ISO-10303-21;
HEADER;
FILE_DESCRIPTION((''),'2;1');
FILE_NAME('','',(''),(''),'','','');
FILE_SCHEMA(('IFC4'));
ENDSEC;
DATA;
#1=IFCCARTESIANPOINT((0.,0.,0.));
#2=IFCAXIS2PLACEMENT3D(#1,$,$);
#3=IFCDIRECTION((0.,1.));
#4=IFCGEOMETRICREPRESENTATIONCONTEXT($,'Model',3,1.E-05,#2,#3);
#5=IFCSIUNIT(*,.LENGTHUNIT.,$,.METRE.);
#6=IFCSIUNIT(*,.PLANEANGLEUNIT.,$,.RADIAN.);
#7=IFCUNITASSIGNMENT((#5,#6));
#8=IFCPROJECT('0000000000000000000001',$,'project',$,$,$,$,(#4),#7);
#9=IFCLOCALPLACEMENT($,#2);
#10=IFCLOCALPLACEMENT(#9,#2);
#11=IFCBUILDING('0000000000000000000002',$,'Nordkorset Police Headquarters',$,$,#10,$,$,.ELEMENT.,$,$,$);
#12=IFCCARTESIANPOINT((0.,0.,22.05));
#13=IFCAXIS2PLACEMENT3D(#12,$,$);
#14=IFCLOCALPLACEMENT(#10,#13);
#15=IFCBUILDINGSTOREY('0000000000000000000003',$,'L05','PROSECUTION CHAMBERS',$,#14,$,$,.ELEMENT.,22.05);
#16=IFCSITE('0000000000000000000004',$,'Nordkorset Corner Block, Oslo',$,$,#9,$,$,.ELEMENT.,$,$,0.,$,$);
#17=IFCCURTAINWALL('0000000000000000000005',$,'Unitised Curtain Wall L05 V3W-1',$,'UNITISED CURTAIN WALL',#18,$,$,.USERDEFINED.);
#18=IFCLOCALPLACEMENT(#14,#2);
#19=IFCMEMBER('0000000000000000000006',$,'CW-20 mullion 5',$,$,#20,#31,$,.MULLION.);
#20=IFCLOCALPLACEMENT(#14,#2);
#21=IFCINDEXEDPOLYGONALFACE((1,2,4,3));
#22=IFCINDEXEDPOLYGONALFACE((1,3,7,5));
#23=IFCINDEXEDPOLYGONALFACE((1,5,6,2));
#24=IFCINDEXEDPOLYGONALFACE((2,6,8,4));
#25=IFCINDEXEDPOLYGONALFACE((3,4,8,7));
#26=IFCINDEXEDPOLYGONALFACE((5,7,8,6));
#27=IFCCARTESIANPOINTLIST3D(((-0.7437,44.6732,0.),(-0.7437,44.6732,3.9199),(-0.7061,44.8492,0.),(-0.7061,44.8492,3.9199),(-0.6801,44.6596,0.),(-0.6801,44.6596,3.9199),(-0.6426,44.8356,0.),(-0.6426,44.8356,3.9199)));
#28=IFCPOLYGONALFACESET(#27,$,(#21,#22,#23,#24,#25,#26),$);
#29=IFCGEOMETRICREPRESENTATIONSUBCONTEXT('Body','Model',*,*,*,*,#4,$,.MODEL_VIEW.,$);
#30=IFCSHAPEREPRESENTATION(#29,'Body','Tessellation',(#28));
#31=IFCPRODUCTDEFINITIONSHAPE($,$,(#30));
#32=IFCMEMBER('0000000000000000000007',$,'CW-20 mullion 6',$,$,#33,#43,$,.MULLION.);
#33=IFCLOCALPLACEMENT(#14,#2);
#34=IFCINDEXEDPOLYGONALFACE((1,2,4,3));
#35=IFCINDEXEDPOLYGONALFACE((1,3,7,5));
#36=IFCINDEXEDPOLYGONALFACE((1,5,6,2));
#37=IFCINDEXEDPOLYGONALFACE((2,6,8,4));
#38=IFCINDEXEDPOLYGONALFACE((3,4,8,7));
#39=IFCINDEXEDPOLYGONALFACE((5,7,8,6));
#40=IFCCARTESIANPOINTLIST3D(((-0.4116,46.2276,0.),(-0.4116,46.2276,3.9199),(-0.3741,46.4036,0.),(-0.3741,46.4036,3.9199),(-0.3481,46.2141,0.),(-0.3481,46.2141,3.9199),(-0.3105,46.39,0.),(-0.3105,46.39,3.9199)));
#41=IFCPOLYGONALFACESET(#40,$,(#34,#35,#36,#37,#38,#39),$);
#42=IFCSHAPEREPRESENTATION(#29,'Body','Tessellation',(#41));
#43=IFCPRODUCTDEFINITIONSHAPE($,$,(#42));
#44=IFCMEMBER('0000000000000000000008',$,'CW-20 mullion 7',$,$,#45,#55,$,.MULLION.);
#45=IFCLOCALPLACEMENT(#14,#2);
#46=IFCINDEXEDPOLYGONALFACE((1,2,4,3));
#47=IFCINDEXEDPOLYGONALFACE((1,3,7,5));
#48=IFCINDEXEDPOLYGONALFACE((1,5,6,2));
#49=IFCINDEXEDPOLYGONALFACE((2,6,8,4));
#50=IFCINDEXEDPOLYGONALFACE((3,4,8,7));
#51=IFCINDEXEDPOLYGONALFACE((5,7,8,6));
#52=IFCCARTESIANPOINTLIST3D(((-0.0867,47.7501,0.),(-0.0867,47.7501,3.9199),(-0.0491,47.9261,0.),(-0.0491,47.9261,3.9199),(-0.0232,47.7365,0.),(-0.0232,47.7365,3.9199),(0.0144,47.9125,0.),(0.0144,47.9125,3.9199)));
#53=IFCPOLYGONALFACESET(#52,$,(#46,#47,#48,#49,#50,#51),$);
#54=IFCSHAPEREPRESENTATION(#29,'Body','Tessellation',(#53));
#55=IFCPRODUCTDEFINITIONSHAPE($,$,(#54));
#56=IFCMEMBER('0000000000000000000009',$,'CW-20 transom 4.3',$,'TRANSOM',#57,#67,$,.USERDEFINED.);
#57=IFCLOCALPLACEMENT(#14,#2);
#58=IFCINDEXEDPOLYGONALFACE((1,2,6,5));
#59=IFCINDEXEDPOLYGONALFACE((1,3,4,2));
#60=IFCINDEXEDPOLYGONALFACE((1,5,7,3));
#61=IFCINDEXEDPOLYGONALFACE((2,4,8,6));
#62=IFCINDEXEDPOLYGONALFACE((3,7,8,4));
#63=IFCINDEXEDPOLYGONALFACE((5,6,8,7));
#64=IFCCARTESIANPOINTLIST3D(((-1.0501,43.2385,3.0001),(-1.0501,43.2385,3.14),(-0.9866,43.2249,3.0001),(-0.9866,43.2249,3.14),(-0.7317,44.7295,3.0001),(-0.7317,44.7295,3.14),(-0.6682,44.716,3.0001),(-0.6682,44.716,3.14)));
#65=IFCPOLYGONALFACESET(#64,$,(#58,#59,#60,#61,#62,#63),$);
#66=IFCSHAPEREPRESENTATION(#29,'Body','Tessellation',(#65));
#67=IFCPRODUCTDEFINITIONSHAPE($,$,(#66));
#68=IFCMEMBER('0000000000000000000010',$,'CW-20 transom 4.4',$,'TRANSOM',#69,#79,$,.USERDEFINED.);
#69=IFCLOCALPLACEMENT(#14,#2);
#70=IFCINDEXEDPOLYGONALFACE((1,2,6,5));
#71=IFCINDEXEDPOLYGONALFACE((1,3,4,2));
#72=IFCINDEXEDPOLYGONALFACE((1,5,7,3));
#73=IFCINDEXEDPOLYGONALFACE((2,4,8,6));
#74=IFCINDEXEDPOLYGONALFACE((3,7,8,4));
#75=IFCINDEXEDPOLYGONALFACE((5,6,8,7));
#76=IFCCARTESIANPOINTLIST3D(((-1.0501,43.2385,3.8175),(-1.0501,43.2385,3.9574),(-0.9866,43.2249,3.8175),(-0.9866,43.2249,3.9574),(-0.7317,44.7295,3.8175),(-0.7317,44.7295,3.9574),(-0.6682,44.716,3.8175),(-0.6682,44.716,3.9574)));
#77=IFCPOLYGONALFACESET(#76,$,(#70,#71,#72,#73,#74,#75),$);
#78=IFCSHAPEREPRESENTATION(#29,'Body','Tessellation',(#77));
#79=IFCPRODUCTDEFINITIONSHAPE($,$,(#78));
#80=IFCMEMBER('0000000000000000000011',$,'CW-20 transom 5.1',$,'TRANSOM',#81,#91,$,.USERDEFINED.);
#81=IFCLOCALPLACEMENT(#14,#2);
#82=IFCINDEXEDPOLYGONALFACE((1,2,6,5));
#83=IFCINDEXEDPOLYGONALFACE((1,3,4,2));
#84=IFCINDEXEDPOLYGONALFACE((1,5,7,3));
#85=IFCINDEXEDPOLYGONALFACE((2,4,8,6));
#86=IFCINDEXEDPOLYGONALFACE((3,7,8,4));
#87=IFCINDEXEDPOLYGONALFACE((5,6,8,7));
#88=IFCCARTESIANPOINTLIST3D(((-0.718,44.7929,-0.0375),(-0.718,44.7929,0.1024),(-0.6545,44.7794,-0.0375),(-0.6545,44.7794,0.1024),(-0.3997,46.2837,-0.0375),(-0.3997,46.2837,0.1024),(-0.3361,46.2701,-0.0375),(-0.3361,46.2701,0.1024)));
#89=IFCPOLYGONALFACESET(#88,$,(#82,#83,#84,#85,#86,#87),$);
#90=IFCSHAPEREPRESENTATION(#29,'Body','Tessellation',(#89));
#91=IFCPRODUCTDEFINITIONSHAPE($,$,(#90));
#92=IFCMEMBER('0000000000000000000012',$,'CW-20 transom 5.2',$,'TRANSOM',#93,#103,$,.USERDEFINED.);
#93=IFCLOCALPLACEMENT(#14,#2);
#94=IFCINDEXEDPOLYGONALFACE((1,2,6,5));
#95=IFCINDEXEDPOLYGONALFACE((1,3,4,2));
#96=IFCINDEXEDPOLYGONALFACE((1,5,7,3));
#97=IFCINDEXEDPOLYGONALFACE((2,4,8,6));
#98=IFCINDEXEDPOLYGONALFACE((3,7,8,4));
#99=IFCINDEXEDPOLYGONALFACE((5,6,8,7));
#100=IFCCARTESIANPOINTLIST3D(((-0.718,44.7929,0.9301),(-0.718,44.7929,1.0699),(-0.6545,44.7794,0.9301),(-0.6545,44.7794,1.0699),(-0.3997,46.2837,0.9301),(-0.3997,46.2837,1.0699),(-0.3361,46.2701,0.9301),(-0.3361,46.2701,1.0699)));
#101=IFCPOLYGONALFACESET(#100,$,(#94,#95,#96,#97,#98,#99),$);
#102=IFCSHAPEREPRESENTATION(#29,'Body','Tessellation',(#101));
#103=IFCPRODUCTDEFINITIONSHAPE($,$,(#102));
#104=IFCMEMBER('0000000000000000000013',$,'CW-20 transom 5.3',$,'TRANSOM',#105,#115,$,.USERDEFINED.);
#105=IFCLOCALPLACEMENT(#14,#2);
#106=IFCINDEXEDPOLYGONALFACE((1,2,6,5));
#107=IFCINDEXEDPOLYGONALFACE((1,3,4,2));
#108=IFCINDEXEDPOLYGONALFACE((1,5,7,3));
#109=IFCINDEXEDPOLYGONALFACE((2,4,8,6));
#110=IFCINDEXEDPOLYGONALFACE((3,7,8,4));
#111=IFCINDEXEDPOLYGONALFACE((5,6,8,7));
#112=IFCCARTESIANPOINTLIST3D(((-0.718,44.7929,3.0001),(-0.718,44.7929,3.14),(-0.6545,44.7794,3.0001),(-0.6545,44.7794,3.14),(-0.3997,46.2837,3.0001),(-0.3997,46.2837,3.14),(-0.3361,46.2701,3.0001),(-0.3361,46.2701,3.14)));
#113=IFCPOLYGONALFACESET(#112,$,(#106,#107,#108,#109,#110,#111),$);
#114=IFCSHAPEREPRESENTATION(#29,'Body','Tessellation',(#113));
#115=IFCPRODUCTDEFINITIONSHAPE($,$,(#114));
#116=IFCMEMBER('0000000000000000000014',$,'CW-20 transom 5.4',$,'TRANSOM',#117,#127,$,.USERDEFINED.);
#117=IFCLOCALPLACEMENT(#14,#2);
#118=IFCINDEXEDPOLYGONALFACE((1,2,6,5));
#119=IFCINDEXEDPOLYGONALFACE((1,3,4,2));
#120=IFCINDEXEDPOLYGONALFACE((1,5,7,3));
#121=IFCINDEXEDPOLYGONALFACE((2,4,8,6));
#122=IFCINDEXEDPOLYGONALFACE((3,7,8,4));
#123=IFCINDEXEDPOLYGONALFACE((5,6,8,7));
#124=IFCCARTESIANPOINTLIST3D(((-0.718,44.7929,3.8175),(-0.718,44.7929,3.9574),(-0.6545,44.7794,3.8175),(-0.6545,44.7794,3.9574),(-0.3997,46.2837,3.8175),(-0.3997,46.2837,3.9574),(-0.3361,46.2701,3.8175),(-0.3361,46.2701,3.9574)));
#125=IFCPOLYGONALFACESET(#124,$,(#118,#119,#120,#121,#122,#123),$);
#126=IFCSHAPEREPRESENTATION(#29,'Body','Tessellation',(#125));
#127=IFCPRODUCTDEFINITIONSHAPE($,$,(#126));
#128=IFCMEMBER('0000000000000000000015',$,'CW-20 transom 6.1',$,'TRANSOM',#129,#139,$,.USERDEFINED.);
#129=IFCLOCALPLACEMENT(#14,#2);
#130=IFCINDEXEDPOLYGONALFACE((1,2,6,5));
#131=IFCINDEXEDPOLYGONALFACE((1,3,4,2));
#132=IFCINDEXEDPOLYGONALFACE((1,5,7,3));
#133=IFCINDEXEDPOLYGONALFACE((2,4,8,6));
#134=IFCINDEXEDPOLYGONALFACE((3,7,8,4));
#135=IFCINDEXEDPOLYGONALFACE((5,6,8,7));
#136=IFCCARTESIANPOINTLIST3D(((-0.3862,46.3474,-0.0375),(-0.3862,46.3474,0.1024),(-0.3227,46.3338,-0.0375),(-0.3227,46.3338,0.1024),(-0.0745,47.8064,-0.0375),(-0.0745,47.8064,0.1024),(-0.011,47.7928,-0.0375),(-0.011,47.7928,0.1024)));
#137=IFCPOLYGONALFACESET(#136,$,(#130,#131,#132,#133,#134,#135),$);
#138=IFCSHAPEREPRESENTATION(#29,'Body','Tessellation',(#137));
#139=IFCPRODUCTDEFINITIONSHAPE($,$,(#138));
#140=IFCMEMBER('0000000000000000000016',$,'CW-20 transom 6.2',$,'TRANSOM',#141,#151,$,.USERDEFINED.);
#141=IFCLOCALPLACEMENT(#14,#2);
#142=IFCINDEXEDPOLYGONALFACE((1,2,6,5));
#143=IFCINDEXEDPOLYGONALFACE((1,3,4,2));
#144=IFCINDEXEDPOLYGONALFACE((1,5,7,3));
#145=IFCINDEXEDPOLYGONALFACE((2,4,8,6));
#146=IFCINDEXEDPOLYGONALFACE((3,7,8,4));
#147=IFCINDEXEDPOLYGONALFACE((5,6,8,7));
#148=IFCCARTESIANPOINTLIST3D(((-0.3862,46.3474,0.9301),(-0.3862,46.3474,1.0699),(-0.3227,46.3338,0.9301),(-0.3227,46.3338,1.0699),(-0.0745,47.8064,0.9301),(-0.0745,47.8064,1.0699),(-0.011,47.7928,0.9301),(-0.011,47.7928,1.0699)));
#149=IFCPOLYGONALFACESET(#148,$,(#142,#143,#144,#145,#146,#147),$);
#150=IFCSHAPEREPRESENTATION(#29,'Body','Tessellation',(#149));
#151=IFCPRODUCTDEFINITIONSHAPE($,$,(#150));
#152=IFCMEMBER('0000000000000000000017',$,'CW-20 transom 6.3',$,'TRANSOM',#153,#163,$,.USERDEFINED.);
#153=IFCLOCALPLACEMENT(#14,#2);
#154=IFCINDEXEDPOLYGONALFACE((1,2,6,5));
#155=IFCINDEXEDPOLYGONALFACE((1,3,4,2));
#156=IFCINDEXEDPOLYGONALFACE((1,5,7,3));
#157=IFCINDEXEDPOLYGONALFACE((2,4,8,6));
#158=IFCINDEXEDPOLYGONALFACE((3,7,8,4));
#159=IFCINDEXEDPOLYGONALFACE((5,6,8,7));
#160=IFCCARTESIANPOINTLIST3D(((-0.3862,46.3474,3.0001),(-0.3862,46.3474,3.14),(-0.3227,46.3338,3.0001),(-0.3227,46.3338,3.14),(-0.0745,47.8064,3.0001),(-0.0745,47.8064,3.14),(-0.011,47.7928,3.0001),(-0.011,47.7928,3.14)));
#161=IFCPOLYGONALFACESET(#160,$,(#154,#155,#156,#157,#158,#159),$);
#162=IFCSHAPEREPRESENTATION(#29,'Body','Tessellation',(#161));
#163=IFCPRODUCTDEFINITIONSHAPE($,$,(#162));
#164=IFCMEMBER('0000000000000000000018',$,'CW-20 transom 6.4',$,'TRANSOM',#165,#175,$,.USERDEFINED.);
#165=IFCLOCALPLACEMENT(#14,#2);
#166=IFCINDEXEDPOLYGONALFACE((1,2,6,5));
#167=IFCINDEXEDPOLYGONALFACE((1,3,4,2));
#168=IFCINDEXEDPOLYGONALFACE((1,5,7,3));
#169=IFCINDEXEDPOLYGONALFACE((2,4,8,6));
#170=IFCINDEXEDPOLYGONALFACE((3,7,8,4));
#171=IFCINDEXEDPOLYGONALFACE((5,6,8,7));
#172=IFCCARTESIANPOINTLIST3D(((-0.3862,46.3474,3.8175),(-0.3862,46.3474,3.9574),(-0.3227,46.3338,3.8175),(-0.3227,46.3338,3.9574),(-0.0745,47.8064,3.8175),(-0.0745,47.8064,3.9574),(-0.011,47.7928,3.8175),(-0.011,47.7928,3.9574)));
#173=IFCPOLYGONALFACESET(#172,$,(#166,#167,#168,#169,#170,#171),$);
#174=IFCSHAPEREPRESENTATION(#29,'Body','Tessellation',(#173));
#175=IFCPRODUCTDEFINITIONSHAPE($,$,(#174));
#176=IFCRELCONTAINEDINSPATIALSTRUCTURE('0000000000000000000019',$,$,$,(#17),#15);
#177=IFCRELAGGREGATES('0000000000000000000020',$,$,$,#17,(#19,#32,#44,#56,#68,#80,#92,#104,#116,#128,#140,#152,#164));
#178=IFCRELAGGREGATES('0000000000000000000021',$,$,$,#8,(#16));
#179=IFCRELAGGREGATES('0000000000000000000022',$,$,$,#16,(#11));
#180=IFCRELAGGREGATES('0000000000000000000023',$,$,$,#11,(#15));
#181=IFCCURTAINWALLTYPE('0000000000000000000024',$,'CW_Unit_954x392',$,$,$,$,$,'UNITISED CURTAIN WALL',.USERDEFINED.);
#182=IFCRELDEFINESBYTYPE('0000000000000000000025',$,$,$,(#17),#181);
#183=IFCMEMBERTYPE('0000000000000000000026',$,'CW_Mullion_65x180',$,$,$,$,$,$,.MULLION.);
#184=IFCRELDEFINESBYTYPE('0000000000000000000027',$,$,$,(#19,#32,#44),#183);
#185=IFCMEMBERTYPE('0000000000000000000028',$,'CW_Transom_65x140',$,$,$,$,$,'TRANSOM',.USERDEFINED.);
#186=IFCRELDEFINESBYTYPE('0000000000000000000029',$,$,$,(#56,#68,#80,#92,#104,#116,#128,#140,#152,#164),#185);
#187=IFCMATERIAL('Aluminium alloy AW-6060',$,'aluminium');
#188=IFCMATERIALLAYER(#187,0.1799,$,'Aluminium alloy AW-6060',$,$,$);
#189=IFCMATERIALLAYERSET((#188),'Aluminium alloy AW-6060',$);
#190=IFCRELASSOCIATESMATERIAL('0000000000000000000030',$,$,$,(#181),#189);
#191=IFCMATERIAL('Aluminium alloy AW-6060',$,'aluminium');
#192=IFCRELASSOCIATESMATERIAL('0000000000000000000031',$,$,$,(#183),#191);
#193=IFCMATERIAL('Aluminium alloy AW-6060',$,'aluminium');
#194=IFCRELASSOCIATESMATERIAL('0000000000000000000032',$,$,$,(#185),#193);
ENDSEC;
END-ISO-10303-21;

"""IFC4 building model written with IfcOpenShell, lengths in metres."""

from ifc_helpers import new_model, si_unit, direction, frame, origin, origin_2d, place, context, subcontext, project, spatial, rectangle, extrude, material, layer, layer_set, material_profile, profile_set, type_object, element, aggregate, save


model = new_model("IFC4")

# Units and contexts
model_context = context("Model", 3, precision=1e-05, world=origin(), true_north=direction((0.0, 1.0)))
body_context = subcontext(model_context, "Body", "Model", "MODEL_VIEW")
ifc_project = project(units=[si_unit("LENGTHUNIT", "METRE"), si_unit("PLANEANGLEUNIT", "RADIAN")], contexts=[model_context])

# Site, building, storey
site_placement = place(None, origin())
site = spatial("IfcSite", under=ifc_project, at=site_placement, Name="Nordkorset Corner Block, Oslo", CompositionType="ELEMENT", RefElevation=0.0)
building_placement = place(site_placement, origin())
building = spatial("IfcBuilding", under=site, at=building_placement, Name="Nordkorset Police Headquarters", CompositionType="ELEMENT")
storey_placement = place(building_placement, frame((0.0, 0.0, 22.05)))
storey = spatial("IfcBuildingStorey", under=building, at=storey_placement, Name="L05", Description="PROSECUTION CHAMBERS", CompositionType="ELEMENT", Elevation=22.05)

# Curtain wall, members
ifc_material_1 = material(Name="Aluminium alloy AW-6060", Category="aluminium")
ifc_layer_1 = layer(ifc_material_1, 0.1799, Name="Aluminium alloy AW-6060")
ifc_layer_set_1 = layer_set([ifc_layer_1], Name="Aluminium alloy AW-6060")
curtain_wall_type = type_object("IfcCurtainWallType", Name="CW_Unit_954x392", ElementType="UNITISED CURTAIN WALL", PredefinedType="USERDEFINED", material=ifc_layer_set_1)
curtain_wall_placement = place(storey_placement, origin())
curtain_wall = element("IfcCurtainWall", 1, at=curtain_wall_placement, inside=storey, type_object=curtain_wall_type, Name="Unitised Curtain Wall L05 V3W-1", ObjectType="UNITISED CURTAIN WALL", PredefinedType="USERDEFINED")
ifc_material_2 = material(Name="Aluminium alloy AW-6060", Category="aluminium")
ifc_material_profile_1 = material_profile(ifc_material_2, rectangle(XDim=0.0649, YDim=0.1799, at=origin_2d()), Name="ALU MULL 65x180")
ifc_profile_set_1 = profile_set([ifc_material_profile_1], Name="Aluminium alloy AW-6060")
member_type_1 = type_object("IfcMemberType", Name="CW_Mullion_65x180", PredefinedType="MULLION", material=ifc_profile_set_1)
member_1_placement = place(storey_placement, frame((-0.6931, 44.7544, 0.0), z_axis=(0.0, 0.0, 1.0), x_axis=(-0.977951, 0.208833, 0.0)))
member_1 = element("IfcMember", 2, at=member_1_placement, type_object=member_type_1, Name="CW-20 mullion 5", PredefinedType="MULLION", context=body_context, shape_type="SweptSolid", body=[
    extrude(rectangle(XDim=0.0649, YDim=0.1799, at=origin_2d()), origin(), (0.0, 0.0, 1.0), 3.9199),
])
member_2_placement = place(storey_placement, frame((-0.3611, 46.3088, 0.0), z_axis=(0.0, 0.0, 1.0), x_axis=(-0.977951, 0.208833, 0.0)))
member_2 = element("IfcMember", 3, at=member_2_placement, type_object=member_type_1, Name="CW-20 mullion 6", PredefinedType="MULLION", context=body_context, shape_type="SweptSolid", body=[
    extrude(rectangle(XDim=0.0649, YDim=0.1799, at=origin_2d()), origin(), (0.0, 0.0, 1.0), 3.9199),
])
member_3_placement = place(storey_placement, frame((-0.0361, 47.8313, 0.0), z_axis=(0.0, 0.0, 1.0), x_axis=(-0.977951, 0.208833, 0.0)))
member_3 = element("IfcMember", 4, at=member_3_placement, type_object=member_type_1, Name="CW-20 mullion 7", PredefinedType="MULLION", context=body_context, shape_type="SweptSolid", body=[
    extrude(rectangle(XDim=0.0649, YDim=0.1799, at=origin_2d()), origin(), (0.0, 0.0, 1.0), 3.9199),
])
ifc_material_3 = material(Name="Aluminium alloy AW-6060", Category="aluminium")
ifc_material_profile_2 = material_profile(ifc_material_3, rectangle(XDim=0.0649, YDim=0.1399, at=origin_2d()), Name="ALU TRAN 65x140")
ifc_profile_set_2 = profile_set([ifc_material_profile_2], Name="Aluminium alloy AW-6060")
member_type_2 = type_object("IfcMemberType", Name="CW_Transom_65x140", ElementType="TRANSOM", PredefinedType="USERDEFINED", material=ifc_profile_set_2)
member_4_placement = place(storey_placement, frame((-1.0183, 43.2317, 3.0701), z_axis=(0.208818, 0.977954, 0.0), x_axis=(-0.977954, 0.208818, 0.0)))
member_4 = element("IfcMember", 5, at=member_4_placement, type_object=member_type_2, Name="CW-20 transom 4.3", ObjectType="TRANSOM", PredefinedType="USERDEFINED", context=body_context, shape_type="SweptSolid", body=[
    extrude(rectangle(XDim=0.0649, YDim=0.1399, at=origin_2d()), origin(), (0.0, 0.0, 1.0), 1.5247),
])
member_5_placement = place(storey_placement, frame((-1.0183, 43.2317, 3.8875), z_axis=(0.208818, 0.977954, 0.0), x_axis=(-0.977954, 0.208818, 0.0)))
member_5 = element("IfcMember", 6, at=member_5_placement, type_object=member_type_2, Name="CW-20 transom 4.4", ObjectType="TRANSOM", PredefinedType="USERDEFINED", context=body_context, shape_type="SweptSolid", body=[
    extrude(rectangle(XDim=0.0649, YDim=0.1399, at=origin_2d()), origin(), (0.0, 0.0, 1.0), 1.5247),
])
member_6_placement = place(storey_placement, frame((-0.6863, 44.7861, 0.0325), z_axis=(0.208851, 0.977947, 0.0), x_axis=(-0.977947, 0.208851, 0.0)))
member_6 = element("IfcMember", 7, at=member_6_placement, type_object=member_type_2, Name="CW-20 transom 5.1", ObjectType="TRANSOM", PredefinedType="USERDEFINED", context=body_context, shape_type="SweptSolid", body=[
    extrude(rectangle(XDim=0.0649, YDim=0.1399, at=origin_2d()), origin(), (0.0, 0.0, 1.0), 1.5244),
])
member_7_placement = place(storey_placement, frame((-0.6863, 44.7861, 1.0), z_axis=(0.208851, 0.977947, 0.0), x_axis=(-0.977947, 0.208851, 0.0)))
member_7 = element("IfcMember", 8, at=member_7_placement, type_object=member_type_2, Name="CW-20 transom 5.2", ObjectType="TRANSOM", PredefinedType="USERDEFINED", context=body_context, shape_type="SweptSolid", body=[
    extrude(rectangle(XDim=0.0649, YDim=0.1399, at=origin_2d()), origin(), (0.0, 0.0, 1.0), 1.5244),
])
member_8_placement = place(storey_placement, frame((-0.6863, 44.7861, 3.0701), z_axis=(0.208851, 0.977947, 0.0), x_axis=(-0.977947, 0.208851, 0.0)))
member_8 = element("IfcMember", 9, at=member_8_placement, type_object=member_type_2, Name="CW-20 transom 5.3", ObjectType="TRANSOM", PredefinedType="USERDEFINED", context=body_context, shape_type="SweptSolid", body=[
    extrude(rectangle(XDim=0.0649, YDim=0.1399, at=origin_2d()), origin(), (0.0, 0.0, 1.0), 1.5244),
])
member_9_placement = place(storey_placement, frame((-0.6863, 44.7861, 3.8875), z_axis=(0.208851, 0.977947, 0.0), x_axis=(-0.977947, 0.208851, 0.0)))
member_9 = element("IfcMember", 10, at=member_9_placement, type_object=member_type_2, Name="CW-20 transom 5.4", ObjectType="TRANSOM", PredefinedType="USERDEFINED", context=body_context, shape_type="SweptSolid", body=[
    extrude(rectangle(XDim=0.0649, YDim=0.1399, at=origin_2d()), origin(), (0.0, 0.0, 1.0), 1.5244),
])
member_10_placement = place(storey_placement, frame((-0.3545, 46.3406, 0.0325), z_axis=(0.20897, 0.977922, 0.0), x_axis=(-0.977922, 0.20897, 0.0)))
member_10 = element("IfcMember", 11, at=member_10_placement, type_object=member_type_2, Name="CW-20 transom 6.1", ObjectType="TRANSOM", PredefinedType="USERDEFINED", context=body_context, shape_type="SweptSolid", body=[
    extrude(rectangle(XDim=0.0649, YDim=0.1399, at=origin_2d()), origin(), (0.0, 0.0, 1.0), 1.4919),
])
member_11_placement = place(storey_placement, frame((-0.3545, 46.3406, 1.0), z_axis=(0.20897, 0.977922, 0.0), x_axis=(-0.977922, 0.20897, 0.0)))
member_11 = element("IfcMember", 12, at=member_11_placement, type_object=member_type_2, Name="CW-20 transom 6.2", ObjectType="TRANSOM", PredefinedType="USERDEFINED", context=body_context, shape_type="SweptSolid", body=[
    extrude(rectangle(XDim=0.0649, YDim=0.1399, at=origin_2d()), origin(), (0.0, 0.0, 1.0), 1.4919),
])
member_12_placement = place(storey_placement, frame((-0.3545, 46.3406, 3.0701), z_axis=(0.20897, 0.977922, 0.0), x_axis=(-0.977922, 0.20897, 0.0)))
member_12 = element("IfcMember", 13, at=member_12_placement, type_object=member_type_2, Name="CW-20 transom 6.3", ObjectType="TRANSOM", PredefinedType="USERDEFINED", context=body_context, shape_type="SweptSolid", body=[
    extrude(rectangle(XDim=0.0649, YDim=0.1399, at=origin_2d()), origin(), (0.0, 0.0, 1.0), 1.4919),
])
member_13_placement = place(storey_placement, frame((-0.3545, 46.3406, 3.8875), z_axis=(0.20897, 0.977922, 0.0), x_axis=(-0.977922, 0.20897, 0.0)))
member_13 = element("IfcMember", 14, at=member_13_placement, type_object=member_type_2, Name="CW-20 transom 6.4", ObjectType="TRANSOM", PredefinedType="USERDEFINED", context=body_context, shape_type="SweptSolid", body=[
    extrude(rectangle(XDim=0.0649, YDim=0.1399, at=origin_2d()), origin(), (0.0, 0.0, 1.0), 1.4919),
])

aggregate(curtain_wall, [member_1, member_2, member_3, member_4, member_5, member_6, member_7, member_8, member_9, member_10, member_11, member_12, member_13])

save(model, "model.ifc")
